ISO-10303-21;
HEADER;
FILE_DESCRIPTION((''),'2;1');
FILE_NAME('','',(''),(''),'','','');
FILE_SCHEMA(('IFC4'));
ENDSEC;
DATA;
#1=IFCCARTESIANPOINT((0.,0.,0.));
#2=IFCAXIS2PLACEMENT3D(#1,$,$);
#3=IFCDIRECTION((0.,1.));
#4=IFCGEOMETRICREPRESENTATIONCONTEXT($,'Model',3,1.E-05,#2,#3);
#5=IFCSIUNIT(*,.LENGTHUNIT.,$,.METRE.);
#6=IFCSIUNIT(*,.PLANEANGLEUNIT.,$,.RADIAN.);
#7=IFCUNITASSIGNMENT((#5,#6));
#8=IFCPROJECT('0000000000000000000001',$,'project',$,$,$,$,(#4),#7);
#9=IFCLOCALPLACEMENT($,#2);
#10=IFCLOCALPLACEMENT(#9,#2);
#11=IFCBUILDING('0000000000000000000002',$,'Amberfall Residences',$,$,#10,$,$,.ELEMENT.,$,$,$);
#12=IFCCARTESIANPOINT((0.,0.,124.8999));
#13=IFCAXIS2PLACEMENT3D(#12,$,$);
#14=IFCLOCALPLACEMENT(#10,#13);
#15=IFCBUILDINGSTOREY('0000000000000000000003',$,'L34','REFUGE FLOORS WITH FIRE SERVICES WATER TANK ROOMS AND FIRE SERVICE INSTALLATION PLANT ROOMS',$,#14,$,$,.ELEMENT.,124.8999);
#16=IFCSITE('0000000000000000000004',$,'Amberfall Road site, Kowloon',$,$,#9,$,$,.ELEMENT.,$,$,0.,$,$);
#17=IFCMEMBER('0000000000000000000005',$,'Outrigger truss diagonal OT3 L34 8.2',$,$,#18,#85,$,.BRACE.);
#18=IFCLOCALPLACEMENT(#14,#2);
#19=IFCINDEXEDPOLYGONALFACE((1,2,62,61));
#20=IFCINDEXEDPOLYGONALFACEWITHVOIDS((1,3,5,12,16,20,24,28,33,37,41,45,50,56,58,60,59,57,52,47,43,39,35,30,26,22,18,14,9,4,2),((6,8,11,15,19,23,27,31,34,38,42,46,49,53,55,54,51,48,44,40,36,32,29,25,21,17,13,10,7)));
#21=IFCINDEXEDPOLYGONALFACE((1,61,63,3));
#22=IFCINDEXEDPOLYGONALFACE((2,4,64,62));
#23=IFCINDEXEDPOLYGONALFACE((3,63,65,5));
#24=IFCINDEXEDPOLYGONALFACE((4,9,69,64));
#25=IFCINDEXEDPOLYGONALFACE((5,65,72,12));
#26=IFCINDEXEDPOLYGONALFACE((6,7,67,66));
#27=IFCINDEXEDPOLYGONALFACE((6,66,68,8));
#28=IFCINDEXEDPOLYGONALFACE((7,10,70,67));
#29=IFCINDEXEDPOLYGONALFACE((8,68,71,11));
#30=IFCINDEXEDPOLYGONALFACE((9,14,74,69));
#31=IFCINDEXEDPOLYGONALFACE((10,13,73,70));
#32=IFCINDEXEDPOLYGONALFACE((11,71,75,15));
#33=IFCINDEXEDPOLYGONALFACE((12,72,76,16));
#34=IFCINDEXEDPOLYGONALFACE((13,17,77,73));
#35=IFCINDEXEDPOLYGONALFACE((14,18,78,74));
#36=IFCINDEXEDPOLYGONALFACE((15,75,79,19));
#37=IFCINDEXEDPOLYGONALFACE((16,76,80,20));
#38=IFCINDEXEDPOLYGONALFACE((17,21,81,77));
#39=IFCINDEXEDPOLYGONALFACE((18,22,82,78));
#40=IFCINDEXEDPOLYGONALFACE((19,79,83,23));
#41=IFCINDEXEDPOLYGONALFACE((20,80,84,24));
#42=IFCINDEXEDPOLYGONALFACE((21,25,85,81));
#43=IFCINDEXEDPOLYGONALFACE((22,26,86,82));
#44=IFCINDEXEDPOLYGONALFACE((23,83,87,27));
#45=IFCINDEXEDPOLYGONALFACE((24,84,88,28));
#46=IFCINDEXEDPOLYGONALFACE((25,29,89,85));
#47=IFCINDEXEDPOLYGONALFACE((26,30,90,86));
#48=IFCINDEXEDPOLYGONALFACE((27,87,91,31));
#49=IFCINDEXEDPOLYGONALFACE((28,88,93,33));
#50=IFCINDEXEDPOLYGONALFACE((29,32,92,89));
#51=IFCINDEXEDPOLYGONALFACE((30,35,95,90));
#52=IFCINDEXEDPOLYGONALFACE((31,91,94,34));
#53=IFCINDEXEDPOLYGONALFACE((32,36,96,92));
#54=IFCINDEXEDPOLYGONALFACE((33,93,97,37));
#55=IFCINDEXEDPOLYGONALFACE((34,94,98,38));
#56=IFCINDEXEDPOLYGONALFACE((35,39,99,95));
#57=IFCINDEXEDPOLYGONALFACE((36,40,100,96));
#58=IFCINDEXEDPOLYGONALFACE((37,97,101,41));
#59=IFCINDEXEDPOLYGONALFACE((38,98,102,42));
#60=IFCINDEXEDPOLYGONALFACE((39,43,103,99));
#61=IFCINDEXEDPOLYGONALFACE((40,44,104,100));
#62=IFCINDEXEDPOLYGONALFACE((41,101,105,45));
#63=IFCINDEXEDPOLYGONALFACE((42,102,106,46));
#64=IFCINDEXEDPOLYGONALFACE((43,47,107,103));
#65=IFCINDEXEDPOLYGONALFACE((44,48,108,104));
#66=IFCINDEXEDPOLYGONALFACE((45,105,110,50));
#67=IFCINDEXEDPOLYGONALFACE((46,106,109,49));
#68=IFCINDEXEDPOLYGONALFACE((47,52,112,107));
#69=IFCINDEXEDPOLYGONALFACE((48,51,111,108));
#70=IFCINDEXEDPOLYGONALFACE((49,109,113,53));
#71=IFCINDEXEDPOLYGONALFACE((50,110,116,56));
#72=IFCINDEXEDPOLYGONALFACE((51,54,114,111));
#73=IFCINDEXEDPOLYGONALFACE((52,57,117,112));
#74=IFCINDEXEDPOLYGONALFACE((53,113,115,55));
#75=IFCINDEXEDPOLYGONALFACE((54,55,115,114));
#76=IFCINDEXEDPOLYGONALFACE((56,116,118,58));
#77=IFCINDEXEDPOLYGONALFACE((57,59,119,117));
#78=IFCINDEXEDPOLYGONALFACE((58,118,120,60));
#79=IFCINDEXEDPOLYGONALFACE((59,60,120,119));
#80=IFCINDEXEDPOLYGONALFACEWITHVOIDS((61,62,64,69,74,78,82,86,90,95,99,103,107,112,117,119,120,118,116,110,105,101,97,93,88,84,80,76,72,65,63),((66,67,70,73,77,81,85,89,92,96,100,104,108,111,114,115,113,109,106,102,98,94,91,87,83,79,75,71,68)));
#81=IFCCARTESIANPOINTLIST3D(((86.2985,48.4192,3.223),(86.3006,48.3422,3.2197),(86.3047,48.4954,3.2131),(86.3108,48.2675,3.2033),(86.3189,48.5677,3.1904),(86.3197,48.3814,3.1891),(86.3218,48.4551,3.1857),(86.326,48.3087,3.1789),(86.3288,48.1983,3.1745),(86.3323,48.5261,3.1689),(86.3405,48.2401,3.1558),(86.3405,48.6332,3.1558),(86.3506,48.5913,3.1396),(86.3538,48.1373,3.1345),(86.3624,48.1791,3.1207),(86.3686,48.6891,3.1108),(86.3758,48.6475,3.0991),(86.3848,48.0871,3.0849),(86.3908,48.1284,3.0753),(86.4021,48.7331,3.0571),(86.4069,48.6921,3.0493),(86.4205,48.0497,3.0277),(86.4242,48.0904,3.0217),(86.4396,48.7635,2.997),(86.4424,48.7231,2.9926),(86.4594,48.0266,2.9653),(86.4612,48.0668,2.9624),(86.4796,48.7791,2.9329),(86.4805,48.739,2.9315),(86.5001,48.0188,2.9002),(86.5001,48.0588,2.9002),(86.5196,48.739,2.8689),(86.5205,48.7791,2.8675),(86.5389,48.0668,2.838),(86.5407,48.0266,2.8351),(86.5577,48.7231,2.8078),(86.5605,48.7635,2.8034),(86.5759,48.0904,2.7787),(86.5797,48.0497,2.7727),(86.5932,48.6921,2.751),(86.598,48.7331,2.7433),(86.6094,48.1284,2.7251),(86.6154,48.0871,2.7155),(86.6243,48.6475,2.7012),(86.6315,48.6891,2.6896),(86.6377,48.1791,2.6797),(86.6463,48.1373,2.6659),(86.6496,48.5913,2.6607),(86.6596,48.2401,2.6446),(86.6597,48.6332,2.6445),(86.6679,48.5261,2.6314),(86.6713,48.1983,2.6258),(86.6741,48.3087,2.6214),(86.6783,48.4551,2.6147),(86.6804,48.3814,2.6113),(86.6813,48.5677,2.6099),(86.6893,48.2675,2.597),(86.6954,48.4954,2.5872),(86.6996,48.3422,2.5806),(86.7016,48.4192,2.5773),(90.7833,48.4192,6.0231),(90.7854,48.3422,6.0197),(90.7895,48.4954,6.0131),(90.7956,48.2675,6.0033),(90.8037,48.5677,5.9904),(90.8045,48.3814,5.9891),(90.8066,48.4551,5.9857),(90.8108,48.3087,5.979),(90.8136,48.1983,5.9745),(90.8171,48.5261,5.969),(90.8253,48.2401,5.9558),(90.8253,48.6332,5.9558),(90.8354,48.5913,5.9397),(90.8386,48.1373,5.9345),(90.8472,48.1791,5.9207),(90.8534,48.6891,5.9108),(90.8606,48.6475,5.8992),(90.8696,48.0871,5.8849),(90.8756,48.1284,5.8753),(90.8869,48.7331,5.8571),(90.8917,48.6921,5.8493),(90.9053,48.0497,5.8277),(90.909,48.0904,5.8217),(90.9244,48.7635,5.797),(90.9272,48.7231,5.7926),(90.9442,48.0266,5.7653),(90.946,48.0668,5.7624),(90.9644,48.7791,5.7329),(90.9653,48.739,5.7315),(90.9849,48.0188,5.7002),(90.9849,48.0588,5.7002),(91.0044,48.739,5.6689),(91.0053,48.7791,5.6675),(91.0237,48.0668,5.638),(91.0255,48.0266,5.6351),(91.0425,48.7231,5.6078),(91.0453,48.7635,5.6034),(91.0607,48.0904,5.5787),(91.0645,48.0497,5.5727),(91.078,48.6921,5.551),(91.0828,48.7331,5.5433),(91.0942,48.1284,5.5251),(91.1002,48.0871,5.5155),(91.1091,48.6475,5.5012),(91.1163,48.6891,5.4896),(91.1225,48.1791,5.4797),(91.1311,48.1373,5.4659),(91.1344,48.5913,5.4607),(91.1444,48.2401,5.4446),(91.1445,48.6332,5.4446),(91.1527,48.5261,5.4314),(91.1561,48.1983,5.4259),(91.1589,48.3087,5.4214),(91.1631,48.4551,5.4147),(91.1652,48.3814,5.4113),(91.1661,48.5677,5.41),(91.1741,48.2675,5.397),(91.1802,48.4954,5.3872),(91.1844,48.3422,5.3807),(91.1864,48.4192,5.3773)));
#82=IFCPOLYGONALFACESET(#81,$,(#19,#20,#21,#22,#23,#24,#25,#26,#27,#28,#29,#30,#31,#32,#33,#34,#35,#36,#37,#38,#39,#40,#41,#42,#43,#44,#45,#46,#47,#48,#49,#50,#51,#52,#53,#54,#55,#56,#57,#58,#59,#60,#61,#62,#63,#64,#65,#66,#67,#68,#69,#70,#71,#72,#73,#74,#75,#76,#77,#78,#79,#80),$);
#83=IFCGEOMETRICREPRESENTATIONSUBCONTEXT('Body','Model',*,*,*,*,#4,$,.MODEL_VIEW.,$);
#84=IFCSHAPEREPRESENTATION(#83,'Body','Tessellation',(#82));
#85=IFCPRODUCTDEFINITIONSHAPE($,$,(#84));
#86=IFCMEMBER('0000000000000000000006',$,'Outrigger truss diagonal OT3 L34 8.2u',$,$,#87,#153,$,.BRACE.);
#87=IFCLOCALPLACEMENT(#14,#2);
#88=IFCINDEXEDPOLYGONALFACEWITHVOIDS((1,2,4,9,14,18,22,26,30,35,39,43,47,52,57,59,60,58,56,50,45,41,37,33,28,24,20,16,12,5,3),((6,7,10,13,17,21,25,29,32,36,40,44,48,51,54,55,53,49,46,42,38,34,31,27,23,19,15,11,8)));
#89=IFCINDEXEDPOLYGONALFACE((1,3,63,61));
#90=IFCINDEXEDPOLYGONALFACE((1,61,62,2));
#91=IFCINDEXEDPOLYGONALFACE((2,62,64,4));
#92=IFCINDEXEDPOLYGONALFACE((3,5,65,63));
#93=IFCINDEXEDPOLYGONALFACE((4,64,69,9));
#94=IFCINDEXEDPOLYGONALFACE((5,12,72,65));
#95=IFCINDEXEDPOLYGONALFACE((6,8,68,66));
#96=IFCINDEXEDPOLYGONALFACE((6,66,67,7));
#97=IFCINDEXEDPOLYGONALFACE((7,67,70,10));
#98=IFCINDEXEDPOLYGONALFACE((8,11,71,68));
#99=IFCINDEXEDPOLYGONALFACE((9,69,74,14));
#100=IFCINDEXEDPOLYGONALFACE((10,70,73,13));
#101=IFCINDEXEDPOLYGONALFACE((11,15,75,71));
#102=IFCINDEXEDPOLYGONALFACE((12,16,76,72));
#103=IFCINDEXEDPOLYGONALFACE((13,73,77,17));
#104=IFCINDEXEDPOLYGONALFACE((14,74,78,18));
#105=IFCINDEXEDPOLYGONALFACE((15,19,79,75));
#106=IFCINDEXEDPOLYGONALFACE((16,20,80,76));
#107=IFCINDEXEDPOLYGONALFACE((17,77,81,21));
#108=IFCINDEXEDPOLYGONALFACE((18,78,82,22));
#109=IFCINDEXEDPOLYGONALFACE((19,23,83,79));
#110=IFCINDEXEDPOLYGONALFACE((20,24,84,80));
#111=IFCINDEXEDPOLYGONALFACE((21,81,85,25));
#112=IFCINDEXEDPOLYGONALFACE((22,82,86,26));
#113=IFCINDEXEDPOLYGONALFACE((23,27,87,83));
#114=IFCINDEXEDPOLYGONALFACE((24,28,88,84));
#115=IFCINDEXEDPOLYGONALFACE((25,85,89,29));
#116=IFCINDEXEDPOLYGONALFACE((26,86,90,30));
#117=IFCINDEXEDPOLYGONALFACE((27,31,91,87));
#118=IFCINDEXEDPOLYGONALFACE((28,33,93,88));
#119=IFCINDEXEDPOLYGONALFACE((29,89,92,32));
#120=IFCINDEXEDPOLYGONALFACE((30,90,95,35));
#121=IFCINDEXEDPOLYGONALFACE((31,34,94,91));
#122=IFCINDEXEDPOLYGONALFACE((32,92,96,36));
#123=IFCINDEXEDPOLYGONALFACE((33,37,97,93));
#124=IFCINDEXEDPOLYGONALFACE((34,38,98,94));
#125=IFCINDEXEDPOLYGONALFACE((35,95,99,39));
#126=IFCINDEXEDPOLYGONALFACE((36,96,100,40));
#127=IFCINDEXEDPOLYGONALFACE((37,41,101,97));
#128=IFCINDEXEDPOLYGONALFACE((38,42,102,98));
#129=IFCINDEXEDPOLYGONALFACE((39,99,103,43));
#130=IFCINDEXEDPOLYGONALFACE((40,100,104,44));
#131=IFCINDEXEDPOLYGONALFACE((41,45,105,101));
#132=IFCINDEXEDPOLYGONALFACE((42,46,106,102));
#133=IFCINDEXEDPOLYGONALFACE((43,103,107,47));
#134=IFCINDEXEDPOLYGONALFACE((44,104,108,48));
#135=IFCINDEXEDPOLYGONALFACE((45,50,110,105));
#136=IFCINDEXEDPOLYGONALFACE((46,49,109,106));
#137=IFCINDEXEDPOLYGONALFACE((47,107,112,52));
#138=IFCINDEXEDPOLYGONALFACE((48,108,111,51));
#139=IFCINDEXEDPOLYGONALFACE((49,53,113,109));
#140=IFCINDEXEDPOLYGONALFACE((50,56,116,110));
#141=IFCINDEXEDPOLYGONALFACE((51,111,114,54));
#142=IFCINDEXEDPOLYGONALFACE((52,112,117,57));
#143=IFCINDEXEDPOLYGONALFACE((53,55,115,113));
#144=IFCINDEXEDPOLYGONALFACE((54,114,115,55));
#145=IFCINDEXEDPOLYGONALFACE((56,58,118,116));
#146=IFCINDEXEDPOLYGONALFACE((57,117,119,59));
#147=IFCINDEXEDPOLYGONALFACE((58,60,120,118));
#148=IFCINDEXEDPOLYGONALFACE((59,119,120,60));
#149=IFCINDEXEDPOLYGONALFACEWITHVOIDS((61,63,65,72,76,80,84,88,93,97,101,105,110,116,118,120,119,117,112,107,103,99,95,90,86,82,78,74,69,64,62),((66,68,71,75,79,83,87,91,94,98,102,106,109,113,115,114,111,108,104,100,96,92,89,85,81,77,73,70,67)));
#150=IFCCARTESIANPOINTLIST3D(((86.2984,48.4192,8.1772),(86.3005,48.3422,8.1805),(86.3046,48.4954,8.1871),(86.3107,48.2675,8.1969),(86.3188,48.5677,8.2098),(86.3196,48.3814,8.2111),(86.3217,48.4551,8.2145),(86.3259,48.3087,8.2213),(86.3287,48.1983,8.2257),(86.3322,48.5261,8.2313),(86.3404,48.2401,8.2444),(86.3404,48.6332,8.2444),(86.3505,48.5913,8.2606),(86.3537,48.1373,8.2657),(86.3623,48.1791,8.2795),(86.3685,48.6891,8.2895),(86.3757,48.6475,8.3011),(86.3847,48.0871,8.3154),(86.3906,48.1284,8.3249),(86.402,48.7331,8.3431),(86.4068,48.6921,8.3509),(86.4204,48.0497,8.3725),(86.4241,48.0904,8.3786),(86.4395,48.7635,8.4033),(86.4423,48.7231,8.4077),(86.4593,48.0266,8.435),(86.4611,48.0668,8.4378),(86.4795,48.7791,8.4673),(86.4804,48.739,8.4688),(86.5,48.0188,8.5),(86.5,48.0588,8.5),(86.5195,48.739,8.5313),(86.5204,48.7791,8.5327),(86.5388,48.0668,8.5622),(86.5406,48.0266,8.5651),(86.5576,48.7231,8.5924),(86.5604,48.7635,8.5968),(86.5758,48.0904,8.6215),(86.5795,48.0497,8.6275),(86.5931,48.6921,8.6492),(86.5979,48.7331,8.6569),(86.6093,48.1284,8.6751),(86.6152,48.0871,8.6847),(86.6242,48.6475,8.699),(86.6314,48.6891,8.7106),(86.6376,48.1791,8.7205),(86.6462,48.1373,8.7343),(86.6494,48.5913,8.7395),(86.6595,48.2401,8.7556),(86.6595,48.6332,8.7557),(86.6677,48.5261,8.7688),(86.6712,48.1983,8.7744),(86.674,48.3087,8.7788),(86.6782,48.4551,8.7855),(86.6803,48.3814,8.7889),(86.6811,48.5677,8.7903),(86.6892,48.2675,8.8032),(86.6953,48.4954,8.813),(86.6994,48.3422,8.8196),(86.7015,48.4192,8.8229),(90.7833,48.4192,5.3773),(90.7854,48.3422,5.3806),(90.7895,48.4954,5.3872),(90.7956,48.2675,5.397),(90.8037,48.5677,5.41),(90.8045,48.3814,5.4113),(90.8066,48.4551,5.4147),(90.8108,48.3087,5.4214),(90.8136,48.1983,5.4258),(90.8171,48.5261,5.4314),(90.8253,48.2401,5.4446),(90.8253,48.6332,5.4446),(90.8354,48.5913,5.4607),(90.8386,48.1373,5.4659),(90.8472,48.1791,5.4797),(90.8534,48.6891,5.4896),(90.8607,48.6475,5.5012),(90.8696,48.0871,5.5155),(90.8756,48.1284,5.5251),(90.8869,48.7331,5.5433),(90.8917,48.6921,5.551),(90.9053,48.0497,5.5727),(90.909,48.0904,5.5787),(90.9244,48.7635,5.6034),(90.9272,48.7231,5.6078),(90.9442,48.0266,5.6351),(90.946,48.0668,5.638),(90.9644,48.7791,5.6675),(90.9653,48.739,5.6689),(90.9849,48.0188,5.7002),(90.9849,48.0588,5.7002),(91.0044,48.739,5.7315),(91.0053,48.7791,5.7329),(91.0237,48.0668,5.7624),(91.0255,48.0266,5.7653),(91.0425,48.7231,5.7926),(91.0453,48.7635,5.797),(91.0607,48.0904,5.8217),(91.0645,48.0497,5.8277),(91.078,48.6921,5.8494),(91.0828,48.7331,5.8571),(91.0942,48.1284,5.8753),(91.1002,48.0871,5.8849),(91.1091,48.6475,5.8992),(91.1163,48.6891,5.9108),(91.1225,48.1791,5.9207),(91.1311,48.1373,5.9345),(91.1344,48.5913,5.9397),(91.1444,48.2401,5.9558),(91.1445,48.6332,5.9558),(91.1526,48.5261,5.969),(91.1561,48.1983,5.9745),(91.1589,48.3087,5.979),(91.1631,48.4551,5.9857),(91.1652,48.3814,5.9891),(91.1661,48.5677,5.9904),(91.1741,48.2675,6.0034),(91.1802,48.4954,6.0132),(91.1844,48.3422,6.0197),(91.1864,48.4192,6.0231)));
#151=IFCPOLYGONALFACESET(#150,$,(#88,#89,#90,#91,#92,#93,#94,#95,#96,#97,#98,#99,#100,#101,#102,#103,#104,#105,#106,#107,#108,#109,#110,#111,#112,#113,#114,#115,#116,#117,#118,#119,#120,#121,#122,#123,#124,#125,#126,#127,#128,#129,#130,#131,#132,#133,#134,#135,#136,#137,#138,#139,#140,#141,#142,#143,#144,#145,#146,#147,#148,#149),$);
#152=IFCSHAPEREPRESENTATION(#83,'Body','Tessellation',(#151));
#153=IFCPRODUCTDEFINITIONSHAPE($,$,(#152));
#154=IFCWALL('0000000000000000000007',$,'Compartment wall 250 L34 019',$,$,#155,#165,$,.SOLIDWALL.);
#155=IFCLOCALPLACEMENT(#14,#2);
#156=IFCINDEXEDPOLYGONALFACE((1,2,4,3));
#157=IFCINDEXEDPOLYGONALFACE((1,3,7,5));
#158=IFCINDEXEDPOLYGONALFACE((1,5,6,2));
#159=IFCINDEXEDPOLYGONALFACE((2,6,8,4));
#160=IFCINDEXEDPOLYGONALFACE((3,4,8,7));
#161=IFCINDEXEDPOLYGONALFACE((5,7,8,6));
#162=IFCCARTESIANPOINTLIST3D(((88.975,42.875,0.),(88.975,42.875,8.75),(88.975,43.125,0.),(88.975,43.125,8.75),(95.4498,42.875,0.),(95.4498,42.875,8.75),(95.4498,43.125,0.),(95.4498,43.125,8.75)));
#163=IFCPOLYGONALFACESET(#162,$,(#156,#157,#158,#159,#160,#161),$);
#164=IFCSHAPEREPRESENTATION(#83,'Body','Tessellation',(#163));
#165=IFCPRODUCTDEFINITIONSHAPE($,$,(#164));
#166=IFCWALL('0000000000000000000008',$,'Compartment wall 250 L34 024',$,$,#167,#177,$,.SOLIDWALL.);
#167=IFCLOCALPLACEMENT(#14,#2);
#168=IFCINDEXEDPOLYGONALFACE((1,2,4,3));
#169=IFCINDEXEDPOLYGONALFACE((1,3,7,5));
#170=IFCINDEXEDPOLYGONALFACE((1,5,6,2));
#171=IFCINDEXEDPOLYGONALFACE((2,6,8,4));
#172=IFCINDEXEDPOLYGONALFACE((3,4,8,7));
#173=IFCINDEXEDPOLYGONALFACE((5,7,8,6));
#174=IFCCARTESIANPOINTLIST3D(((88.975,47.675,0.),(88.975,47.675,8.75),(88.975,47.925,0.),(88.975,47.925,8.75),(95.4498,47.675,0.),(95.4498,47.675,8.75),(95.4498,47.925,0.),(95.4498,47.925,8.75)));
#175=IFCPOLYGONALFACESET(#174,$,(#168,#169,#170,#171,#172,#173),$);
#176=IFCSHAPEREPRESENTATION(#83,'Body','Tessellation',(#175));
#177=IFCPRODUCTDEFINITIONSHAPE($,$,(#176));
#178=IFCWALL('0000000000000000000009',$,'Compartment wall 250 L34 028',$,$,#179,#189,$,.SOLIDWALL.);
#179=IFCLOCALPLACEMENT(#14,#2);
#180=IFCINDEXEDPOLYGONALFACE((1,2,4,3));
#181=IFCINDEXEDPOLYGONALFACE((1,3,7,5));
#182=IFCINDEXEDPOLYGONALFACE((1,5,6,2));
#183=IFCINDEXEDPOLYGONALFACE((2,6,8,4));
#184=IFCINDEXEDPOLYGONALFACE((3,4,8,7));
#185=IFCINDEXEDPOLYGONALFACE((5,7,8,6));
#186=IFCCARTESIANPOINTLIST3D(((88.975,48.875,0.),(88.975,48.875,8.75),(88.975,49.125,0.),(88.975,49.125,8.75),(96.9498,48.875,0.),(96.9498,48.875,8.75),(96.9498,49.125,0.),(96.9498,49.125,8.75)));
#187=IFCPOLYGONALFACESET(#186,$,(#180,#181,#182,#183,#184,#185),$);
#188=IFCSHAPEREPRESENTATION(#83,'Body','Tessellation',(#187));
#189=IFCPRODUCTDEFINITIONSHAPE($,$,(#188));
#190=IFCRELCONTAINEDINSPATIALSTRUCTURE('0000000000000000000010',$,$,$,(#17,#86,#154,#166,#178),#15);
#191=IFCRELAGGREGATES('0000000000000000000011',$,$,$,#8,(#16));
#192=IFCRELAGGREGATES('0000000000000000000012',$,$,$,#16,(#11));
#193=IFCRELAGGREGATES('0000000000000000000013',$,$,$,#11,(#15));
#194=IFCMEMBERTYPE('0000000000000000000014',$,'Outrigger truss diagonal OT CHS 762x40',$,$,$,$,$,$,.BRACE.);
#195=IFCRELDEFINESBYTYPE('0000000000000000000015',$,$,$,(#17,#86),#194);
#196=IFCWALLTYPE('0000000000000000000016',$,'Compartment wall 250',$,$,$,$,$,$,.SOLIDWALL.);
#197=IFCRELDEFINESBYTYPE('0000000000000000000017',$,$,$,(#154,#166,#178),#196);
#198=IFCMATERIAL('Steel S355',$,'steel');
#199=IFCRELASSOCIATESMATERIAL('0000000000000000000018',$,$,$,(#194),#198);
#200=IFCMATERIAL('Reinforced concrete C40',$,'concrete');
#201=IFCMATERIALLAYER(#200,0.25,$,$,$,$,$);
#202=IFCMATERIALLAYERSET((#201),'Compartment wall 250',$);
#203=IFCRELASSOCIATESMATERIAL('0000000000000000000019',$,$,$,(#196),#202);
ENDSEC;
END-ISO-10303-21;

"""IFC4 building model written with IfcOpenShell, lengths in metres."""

from ifc_helpers import new_model, si_unit, direction, frame, frame_2d, origin, origin_2d, place, context, subcontext, project, spatial, rectangle, hollow_circle, extrude, material, layer, layer_set, material_profile, profile_set, type_object, element, save


model = new_model("IFC4")

# Units and contexts
model_context = context("Model", 3, precision=1e-05, world=origin(), true_north=direction((0.0, 1.0)))
body_context = subcontext(model_context, "Body", "Model", "MODEL_VIEW")
ifc_project = project(units=[si_unit("LENGTHUNIT", "METRE"), si_unit("PLANEANGLEUNIT", "RADIAN")], contexts=[model_context])

# Site, building, storey
site_placement = place(None, origin())
site = spatial("IfcSite", under=ifc_project, at=site_placement, Name="Amberfall Road site, Kowloon", CompositionType="ELEMENT", RefElevation=0.0)
building_placement = place(site_placement, origin())
building = spatial("IfcBuilding", under=site, at=building_placement, Name="Amberfall Residences", CompositionType="ELEMENT")
storey_placement = place(building_placement, frame((0.0, 0.0, 124.8999)))
storey = spatial("IfcBuildingStorey", under=building, at=storey_placement, Name="L34", Description="REFUGE FLOORS WITH FIRE SERVICES WATER TANK ROOMS AND FIRE SERVICE INSTALLATION PLANT ROOMS", CompositionType="ELEMENT", Elevation=124.8999)

# Members
ifc_material_1 = material(Name="Steel S355", Category="steel")
ifc_material_profile = material_profile(ifc_material_1, hollow_circle(Radius=0.3811, WallThickness=0.04, at=origin_2d()), Name="CHS 762x40")
ifc_profile_set = profile_set([ifc_material_profile], Name="Steel S355")
member_type = type_object("IfcMemberType", Name="Outrigger truss diagonal OT CHS 762x40", PredefinedType="BRACE", material=ifc_profile_set)
for number, where, z_axis, x_axis, name in (
    (1, (90.9849, 48.3999, 5.7002), (-0.848252, 0.0, -0.529592), (0.0, -1.0, 0.0), "Outrigger truss diagonal OT3 L34 8.2"),
    (2, (90.9849, 48.3999, 5.7002), (-0.848273, 0.0, 0.529559), (0.0, -1.0, 0.0), "Outrigger truss diagonal OT3 L34 8.2u"),
):
    element("IfcMember", number, at=place(storey_placement, frame(where, z_axis=z_axis, x_axis=x_axis)), inside=storey, type_object=member_type, Name=name, PredefinedType="BRACE", context=body_context, shape_type="SweptSolid", body=[
        extrude(hollow_circle(Radius=0.3811, WallThickness=0.04, at=origin_2d()), origin(), (0.0, 0.0, 1.0), 5.2871),
    ])

# Walls
ifc_material_2 = material(Name="Reinforced concrete C40", Category="concrete")
ifc_layer_1 = layer(ifc_material_2, 0.25)
ifc_layer_set_1 = layer_set([ifc_layer_1], Name="Compartment wall 250")
wall_type_1 = type_object("IfcWallType", Name="Compartment wall 250", PredefinedType="SOLIDWALL", material=ifc_layer_set_1)
for number, where, z_axis, x_axis, name in (
    (3, (88.9751, 43.0, 0.0), (0.0, 0.0, 1.0), (1.0, 0.0, 0.0), "Compartment wall 250 L34 019"),
    (4, (88.9751, 47.8, 0.0), (0.0, 0.0, 1.0), (1.0, 0.0, 0.0), "Compartment wall 250 L34 024"),
):
    element("IfcWall", number, at=place(storey_placement, frame(where, z_axis=z_axis, x_axis=x_axis)), inside=storey, type_object=wall_type_1, Name=name, PredefinedType="SOLIDWALL", context=body_context, shape_type="SweptSolid", body=[
        extrude(rectangle(XDim=6.4749, YDim=0.25, at=frame_2d((3.2373, 0.0))), origin(), (0.0, 0.0, 1.0), 8.75),
    ])
wall_1_placement = place(storey_placement, frame((88.9751, 49.0, 0.0), z_axis=(0.0, 0.0, 1.0), x_axis=(1.0, 0.0, 0.0)))
element("IfcWall", 5, at=wall_1_placement, inside=storey, type_object=wall_type_1, Name="Compartment wall 250 L34 028", PredefinedType="SOLIDWALL", context=body_context, shape_type="SweptSolid", body=[
    extrude(rectangle(XDim=7.9749, YDim=0.25, at=frame_2d((3.9873, 0.0))), origin(), (0.0, 0.0, 1.0), 8.75),
])

save(model, "model.ifc")
